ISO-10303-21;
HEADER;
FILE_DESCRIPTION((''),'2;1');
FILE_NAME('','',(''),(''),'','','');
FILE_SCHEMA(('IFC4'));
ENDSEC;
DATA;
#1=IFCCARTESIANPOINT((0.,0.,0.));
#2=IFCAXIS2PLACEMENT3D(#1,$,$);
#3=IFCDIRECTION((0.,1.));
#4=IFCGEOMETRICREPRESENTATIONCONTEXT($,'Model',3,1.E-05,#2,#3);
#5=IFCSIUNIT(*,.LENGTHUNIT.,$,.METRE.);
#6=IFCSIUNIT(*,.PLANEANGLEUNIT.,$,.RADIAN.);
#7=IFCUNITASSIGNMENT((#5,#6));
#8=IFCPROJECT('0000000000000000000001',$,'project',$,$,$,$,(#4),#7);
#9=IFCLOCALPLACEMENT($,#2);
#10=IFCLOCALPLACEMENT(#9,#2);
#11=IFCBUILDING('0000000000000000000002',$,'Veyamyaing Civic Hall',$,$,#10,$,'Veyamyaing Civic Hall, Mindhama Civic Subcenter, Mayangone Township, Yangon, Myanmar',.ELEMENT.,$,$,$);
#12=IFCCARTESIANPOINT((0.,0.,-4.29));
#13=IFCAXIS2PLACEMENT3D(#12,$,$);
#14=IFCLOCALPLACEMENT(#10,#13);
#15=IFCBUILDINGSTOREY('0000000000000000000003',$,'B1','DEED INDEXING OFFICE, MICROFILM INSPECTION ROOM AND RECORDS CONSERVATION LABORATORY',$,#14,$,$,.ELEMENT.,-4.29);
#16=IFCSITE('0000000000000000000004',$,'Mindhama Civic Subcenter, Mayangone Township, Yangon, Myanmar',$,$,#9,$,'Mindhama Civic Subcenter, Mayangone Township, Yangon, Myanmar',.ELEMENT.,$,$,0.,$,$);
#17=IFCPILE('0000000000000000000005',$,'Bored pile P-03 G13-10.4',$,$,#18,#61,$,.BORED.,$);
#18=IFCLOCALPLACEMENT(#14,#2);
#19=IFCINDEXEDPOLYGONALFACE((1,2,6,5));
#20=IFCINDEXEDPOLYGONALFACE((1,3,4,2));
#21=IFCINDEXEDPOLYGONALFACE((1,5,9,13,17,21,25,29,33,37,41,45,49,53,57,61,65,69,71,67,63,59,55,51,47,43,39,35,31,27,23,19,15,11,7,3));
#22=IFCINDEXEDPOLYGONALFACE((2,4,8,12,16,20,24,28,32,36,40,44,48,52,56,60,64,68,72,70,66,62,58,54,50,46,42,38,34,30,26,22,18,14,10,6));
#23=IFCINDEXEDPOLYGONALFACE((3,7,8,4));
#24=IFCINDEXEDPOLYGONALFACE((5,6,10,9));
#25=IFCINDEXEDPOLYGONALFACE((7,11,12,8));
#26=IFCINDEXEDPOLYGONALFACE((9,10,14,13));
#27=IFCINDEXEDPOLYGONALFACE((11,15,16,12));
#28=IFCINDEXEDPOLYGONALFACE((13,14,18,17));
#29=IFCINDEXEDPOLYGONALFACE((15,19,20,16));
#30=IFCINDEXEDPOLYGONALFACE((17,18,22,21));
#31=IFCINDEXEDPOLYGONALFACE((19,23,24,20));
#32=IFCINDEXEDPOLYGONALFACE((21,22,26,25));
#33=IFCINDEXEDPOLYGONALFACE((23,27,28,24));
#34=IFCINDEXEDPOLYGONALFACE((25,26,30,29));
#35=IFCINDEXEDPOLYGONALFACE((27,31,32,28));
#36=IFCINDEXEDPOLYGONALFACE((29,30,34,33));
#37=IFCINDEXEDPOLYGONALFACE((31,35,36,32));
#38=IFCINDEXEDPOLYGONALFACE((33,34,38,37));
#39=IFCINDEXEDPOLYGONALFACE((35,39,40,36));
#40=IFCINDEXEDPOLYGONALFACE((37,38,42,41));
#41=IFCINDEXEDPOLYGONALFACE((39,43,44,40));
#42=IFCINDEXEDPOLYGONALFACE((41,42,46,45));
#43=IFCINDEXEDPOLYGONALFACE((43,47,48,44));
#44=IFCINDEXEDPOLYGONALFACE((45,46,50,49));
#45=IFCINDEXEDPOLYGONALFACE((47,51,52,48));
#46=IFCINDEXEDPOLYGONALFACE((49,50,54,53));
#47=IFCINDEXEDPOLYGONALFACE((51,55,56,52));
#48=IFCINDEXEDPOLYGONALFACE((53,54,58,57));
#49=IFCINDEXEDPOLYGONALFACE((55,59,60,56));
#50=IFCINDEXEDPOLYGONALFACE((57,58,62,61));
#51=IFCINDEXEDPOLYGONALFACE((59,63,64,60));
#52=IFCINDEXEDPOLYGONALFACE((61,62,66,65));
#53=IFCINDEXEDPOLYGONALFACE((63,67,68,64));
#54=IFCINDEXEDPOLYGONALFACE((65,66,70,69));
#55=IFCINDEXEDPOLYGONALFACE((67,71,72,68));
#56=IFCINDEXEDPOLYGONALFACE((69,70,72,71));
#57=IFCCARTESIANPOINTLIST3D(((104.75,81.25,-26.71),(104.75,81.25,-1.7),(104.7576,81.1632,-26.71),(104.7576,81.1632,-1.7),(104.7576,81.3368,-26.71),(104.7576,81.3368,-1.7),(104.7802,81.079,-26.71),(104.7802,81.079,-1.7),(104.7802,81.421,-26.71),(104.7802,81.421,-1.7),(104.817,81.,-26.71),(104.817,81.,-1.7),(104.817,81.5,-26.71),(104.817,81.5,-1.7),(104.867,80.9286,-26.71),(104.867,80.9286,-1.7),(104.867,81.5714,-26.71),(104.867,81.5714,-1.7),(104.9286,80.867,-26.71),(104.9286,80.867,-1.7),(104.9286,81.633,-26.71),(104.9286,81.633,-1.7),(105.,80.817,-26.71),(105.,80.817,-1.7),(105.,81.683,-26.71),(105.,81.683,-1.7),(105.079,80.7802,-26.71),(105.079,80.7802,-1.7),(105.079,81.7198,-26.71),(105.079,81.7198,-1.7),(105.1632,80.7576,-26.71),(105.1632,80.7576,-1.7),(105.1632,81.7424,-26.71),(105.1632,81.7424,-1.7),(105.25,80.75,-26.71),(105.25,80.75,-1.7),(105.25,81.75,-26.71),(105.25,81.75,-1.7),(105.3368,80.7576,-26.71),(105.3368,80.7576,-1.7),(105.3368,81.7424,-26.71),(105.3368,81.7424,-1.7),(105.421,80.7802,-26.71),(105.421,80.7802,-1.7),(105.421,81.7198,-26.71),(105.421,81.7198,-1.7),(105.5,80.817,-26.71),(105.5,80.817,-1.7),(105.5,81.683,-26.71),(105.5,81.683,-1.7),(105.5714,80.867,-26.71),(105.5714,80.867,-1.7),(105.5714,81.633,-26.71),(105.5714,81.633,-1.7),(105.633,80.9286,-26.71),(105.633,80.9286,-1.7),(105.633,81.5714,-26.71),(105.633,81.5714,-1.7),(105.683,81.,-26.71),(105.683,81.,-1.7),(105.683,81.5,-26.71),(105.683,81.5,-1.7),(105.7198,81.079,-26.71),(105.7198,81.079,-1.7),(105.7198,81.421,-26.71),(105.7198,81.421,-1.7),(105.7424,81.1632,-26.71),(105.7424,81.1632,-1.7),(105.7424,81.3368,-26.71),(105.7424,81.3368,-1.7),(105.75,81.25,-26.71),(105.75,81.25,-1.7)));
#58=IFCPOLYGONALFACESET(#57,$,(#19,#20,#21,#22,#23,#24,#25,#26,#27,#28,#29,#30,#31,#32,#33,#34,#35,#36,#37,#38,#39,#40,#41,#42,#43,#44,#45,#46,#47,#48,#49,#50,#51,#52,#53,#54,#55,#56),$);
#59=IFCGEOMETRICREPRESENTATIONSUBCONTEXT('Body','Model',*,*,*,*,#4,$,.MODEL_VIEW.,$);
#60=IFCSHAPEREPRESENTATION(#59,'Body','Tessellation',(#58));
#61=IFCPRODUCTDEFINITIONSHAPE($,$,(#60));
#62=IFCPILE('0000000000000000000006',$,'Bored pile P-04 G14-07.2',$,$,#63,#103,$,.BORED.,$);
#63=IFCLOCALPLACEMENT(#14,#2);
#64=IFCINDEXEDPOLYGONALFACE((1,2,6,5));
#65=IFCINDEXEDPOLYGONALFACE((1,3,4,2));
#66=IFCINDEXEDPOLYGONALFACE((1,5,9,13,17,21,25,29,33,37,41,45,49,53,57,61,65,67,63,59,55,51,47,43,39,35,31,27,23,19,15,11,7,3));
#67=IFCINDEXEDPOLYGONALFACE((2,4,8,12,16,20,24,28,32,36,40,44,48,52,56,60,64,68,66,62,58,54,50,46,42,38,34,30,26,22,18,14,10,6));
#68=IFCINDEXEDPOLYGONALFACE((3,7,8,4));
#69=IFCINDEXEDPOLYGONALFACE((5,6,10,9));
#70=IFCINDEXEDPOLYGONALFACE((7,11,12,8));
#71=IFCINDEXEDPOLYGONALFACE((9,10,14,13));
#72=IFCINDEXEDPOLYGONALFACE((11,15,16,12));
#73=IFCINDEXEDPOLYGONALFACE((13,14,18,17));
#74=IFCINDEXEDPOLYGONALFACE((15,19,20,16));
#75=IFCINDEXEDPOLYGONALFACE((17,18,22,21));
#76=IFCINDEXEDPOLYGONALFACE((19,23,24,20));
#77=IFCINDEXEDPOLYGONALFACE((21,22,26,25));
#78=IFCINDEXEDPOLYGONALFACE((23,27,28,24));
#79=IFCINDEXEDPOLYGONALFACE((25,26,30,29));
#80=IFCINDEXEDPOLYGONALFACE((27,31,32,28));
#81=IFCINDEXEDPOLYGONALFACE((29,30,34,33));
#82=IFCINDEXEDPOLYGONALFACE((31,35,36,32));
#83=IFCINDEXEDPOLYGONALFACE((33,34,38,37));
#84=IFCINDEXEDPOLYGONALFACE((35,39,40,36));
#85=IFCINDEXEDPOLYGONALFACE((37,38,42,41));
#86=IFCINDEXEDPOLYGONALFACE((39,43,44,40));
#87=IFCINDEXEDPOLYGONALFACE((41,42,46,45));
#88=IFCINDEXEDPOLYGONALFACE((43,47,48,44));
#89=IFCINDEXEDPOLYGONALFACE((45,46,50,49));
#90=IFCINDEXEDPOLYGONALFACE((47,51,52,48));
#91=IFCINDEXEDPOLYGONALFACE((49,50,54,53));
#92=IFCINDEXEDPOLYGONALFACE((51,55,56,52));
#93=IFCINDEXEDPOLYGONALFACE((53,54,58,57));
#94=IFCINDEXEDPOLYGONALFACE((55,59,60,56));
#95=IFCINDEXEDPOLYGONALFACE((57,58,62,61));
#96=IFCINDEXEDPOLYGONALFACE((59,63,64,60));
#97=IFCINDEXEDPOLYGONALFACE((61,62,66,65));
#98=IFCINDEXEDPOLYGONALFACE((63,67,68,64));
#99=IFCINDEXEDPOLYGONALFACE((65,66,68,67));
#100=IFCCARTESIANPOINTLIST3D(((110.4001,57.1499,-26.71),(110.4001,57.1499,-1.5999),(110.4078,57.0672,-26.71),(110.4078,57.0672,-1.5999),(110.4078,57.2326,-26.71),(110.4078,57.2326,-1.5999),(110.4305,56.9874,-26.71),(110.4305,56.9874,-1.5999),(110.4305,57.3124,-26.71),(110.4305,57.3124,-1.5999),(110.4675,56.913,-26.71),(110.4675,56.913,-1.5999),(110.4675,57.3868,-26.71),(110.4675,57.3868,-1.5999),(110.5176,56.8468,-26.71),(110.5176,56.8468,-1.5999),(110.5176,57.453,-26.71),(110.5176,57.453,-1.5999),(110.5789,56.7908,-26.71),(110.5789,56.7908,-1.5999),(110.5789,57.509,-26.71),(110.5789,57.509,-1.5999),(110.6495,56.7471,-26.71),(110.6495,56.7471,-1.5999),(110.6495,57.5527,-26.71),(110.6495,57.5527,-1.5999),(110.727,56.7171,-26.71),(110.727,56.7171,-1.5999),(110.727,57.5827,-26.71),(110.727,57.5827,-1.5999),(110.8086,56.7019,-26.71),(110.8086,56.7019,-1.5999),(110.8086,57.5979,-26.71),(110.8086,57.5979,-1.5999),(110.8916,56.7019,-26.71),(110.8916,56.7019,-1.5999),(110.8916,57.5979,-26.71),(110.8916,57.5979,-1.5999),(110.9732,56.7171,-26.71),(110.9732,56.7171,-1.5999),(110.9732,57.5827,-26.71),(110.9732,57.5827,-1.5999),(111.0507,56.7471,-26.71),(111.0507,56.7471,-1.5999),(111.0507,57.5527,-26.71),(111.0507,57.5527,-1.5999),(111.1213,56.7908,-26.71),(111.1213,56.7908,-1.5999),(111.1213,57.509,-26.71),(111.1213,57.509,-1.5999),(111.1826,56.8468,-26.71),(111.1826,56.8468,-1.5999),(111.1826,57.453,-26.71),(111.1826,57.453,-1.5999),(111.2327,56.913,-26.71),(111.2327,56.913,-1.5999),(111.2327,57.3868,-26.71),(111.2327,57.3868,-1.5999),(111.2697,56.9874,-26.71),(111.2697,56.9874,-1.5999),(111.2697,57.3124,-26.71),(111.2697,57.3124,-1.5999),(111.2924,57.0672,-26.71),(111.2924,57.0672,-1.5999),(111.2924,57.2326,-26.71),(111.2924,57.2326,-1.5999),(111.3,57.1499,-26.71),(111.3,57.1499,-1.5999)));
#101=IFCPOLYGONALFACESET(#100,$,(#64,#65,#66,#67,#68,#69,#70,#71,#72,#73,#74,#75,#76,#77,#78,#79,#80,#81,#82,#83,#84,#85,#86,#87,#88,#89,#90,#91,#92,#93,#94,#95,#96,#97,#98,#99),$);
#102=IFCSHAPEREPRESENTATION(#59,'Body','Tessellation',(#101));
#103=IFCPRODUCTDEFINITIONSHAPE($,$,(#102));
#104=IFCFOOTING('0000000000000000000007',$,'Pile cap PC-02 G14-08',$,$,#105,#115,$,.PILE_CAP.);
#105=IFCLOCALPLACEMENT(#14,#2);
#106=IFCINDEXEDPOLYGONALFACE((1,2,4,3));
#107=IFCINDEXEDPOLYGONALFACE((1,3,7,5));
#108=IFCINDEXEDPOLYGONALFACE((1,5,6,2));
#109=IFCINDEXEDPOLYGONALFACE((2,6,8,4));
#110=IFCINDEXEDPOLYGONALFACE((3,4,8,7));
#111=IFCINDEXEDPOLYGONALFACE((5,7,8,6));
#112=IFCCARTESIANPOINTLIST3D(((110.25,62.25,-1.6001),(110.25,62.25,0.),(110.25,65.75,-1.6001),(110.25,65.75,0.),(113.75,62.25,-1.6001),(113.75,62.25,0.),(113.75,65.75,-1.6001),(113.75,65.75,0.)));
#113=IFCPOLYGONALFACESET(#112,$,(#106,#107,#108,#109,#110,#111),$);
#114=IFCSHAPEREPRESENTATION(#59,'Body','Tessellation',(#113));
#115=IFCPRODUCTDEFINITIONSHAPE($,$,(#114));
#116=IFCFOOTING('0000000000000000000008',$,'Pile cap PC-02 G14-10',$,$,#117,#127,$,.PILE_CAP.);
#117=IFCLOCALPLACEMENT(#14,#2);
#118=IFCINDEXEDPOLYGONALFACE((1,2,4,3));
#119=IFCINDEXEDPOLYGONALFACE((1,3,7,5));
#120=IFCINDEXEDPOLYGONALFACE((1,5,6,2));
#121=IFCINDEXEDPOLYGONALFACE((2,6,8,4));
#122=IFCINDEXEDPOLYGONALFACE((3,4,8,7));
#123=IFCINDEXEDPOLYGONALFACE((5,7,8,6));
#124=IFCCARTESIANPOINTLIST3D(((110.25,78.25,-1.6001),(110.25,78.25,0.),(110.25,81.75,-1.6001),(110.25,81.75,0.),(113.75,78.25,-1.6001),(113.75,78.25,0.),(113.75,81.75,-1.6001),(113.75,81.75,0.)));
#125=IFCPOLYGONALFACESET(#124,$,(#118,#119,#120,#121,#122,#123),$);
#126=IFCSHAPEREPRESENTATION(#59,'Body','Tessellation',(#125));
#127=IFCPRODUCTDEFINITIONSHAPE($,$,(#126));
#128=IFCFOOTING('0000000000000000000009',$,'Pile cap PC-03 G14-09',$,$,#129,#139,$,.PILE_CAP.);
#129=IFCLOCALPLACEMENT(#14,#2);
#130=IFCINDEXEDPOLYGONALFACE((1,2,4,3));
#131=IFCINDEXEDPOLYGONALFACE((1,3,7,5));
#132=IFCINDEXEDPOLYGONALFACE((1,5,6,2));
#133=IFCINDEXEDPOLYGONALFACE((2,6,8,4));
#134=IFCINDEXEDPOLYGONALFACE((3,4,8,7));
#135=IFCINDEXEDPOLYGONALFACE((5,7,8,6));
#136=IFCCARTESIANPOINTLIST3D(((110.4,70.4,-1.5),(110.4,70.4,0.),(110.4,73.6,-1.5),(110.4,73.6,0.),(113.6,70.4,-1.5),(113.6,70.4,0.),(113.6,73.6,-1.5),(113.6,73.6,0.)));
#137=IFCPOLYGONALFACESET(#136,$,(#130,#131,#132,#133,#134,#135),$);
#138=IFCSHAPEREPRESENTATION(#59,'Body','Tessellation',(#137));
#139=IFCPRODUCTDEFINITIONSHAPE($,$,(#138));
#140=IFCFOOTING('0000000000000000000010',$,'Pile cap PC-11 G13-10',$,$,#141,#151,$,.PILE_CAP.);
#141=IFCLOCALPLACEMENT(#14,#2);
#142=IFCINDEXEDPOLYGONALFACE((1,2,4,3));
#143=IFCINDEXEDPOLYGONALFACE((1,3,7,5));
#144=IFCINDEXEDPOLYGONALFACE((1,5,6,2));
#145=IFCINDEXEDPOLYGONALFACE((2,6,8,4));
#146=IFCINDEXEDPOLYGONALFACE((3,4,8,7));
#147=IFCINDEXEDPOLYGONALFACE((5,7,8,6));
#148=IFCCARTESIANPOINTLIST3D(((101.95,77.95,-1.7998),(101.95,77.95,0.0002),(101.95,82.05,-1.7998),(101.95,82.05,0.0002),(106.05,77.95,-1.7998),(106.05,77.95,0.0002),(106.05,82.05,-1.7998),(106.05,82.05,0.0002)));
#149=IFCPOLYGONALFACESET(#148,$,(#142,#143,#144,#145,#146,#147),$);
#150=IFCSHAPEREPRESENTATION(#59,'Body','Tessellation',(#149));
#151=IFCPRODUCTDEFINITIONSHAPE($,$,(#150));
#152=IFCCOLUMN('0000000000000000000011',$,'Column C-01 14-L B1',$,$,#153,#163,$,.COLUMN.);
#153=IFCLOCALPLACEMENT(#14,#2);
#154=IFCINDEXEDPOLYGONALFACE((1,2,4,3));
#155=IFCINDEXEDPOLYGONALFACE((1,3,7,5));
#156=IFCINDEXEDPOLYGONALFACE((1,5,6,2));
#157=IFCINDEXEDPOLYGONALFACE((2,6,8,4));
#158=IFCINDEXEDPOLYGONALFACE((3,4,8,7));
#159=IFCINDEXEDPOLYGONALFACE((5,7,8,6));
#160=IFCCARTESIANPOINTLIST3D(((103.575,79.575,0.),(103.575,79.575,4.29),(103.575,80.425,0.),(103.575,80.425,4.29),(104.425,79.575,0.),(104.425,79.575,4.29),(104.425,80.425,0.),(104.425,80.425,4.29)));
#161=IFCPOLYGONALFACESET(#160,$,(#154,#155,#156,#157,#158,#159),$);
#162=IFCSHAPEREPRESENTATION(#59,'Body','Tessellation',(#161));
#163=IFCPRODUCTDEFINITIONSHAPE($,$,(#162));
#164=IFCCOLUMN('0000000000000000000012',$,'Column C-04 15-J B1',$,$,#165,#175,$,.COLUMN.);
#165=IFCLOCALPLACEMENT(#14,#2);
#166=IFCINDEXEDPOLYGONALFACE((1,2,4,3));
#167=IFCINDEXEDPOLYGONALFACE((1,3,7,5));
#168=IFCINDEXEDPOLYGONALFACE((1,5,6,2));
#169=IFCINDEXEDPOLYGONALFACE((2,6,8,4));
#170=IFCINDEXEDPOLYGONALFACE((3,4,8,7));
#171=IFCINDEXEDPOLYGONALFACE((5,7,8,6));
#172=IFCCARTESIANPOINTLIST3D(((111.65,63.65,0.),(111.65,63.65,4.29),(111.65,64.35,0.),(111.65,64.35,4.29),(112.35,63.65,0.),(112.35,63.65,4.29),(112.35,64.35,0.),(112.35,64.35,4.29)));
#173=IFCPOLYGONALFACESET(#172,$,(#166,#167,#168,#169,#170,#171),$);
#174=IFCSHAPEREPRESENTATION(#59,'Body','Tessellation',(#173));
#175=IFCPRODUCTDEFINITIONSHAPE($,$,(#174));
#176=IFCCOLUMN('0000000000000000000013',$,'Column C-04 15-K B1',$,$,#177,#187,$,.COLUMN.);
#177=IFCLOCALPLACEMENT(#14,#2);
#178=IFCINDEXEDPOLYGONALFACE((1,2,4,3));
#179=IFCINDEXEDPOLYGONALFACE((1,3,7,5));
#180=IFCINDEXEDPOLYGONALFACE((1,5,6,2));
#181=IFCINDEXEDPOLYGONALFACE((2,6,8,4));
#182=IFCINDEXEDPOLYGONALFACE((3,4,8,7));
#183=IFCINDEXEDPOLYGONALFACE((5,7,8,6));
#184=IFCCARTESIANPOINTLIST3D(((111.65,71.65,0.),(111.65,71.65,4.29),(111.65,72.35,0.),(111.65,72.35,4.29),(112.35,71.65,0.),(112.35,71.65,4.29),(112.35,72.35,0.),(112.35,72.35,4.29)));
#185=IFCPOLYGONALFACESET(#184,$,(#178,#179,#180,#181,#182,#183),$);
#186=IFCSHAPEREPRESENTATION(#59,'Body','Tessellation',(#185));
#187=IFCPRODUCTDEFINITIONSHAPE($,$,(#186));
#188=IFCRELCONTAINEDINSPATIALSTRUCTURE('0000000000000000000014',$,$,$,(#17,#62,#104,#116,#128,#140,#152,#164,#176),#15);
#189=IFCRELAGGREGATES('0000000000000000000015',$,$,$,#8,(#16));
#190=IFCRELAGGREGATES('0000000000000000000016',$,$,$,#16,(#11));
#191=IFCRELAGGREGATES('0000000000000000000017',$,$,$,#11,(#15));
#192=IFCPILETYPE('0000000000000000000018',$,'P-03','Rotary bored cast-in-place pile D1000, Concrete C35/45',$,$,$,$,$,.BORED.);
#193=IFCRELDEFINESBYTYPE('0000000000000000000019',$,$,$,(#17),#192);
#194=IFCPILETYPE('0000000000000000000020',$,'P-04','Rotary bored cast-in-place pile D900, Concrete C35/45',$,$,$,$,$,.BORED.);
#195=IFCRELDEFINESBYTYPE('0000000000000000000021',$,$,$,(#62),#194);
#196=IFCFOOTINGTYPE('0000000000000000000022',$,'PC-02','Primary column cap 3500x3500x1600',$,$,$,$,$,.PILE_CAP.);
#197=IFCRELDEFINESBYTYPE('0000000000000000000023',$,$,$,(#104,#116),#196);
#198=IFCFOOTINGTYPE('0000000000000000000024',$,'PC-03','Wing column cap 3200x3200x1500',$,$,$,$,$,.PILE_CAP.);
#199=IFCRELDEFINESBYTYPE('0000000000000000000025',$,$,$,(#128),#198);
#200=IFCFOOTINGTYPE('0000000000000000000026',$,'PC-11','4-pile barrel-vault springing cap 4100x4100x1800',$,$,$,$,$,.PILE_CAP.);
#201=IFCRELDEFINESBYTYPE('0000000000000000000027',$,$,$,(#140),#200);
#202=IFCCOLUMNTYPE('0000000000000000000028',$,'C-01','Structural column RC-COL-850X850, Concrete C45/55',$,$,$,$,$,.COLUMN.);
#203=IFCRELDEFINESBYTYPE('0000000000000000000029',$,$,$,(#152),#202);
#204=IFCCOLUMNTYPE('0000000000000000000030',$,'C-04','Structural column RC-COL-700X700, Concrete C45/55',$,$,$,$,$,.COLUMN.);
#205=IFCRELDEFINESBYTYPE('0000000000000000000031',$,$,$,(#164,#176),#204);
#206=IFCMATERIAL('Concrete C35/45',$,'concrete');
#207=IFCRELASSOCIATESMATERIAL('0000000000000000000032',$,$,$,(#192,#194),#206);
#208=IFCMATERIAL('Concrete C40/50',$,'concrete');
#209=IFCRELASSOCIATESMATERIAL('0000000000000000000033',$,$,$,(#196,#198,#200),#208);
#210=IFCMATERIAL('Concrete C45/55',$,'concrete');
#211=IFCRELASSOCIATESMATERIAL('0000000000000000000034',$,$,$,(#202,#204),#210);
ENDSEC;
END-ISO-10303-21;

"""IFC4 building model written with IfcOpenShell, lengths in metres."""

from ifc_helpers import new_model, si_unit, direction, frame, origin, origin_2d, place, context, subcontext, project, spatial, rectangle, circle, extrude, material, material_profile, profile_set, type_object, element, save


model = new_model("IFC4")

# Units and contexts
model_context = context("Model", 3, precision=1e-05, world=origin(), true_north=direction((0.0, 1.0)))
body_context = subcontext(model_context, "Body", "Model", "MODEL_VIEW")
ifc_project = project(units=[si_unit("LENGTHUNIT", "METRE"), si_unit("PLANEANGLEUNIT", "RADIAN")], contexts=[model_context])

# Site, building, storey
site_placement = place(None, origin())
site = spatial("IfcSite", under=ifc_project, at=site_placement, Name="Mindhama Civic Subcenter, Mayangone Township, Yangon, Myanmar", LongName="Mindhama Civic Subcenter, Mayangone Township, Yangon, Myanmar", CompositionType="ELEMENT", RefElevation=0.0)
building_placement = place(site_placement, origin())
building = spatial("IfcBuilding", under=site, at=building_placement, Name="Veyamyaing Civic Hall", LongName="Veyamyaing Civic Hall, Mindhama Civic Subcenter, Mayangone Township, Yangon, Myanmar", CompositionType="ELEMENT")
storey_placement = place(building_placement, frame((0.0, 0.0, -4.29)))
storey = spatial("IfcBuildingStorey", under=building, at=storey_placement, Name="B1", Description="DEED INDEXING OFFICE, MICROFILM INSPECTION ROOM AND RECORDS CONSERVATION LABORATORY", CompositionType="ELEMENT", Elevation=-4.29)

# Shared definitions
ifc_material_1 = material(Name="Concrete C40/50", Category="concrete")

# Piles
ifc_material_2 = material(Name="Concrete C35/45", Category="concrete")
ifc_material_profile_1 = material_profile(ifc_material_2, circle(Radius=0.5, at=origin_2d()), Name="PILE-D1000")
ifc_profile_set_1 = profile_set([ifc_material_profile_1], Name="Concrete C35/45")
pile_type_1 = type_object("IfcPileType", Name="P-03", Description="Rotary bored cast-in-place pile D1000, Concrete C35/45", PredefinedType="BORED", material=ifc_profile_set_1)
for number, where, z_axis, x_axis, name in (
    (1, (105.25, 81.25, -1.7), (0.0, 0.0, -1.0), (1.0, 0.0, 0.0), "Bored pile P-03 G13-10.4"),
):
    element("IfcPile", number, at=place(storey_placement, frame(where, z_axis=z_axis, x_axis=x_axis)), inside=storey, type_object=pile_type_1, Name=name, PredefinedType="BORED", context=body_context, shape_type="SweptSolid", body=[
        extrude(circle(Radius=0.5, at=origin_2d()), origin(), (0.0, 0.0, 1.0), 25.01),
    ])
ifc_material_profile_2 = material_profile(ifc_material_2, circle(Radius=0.45, at=origin_2d()), Name="PILE-D900")
ifc_profile_set_2 = profile_set([ifc_material_profile_2], Name="Concrete C35/45")
pile_type_2 = type_object("IfcPileType", Name="P-04", Description="Rotary bored cast-in-place pile D900, Concrete C35/45", PredefinedType="BORED", material=ifc_profile_set_2)
pile_1_placement = place(storey_placement, frame((110.8501, 57.1499, -1.5999), z_axis=(0.0, 0.0, -1.0), x_axis=(1.0, 0.0, 0.0)))
element("IfcPile", 2, at=pile_1_placement, inside=storey, type_object=pile_type_2, Name="Bored pile P-04 G14-07.2", PredefinedType="BORED", context=body_context, shape_type="SweptSolid", body=[
    extrude(circle(Radius=0.45, at=origin_2d()), origin(), (0.0, 0.0, 1.0), 25.1101),
])

# Footings
footing_type_1 = type_object("IfcFootingType", Name="PC-02", Description="Primary column cap 3500x3500x1600", PredefinedType="PILE_CAP", material=ifc_material_1)
for number, where, z_axis, x_axis, name in (
    (3, (112.0, 64.0, -1.6001), (0.0, 0.0, 1.0), (1.0, 0.0, 0.0), "Pile cap PC-02 G14-08"),
    (4, (112.0, 80.0, -1.6001), (0.0, 0.0, 1.0), (1.0, 0.0, 0.0), "Pile cap PC-02 G14-10"),
):
    element("IfcFooting", number, at=place(storey_placement, frame(where, z_axis=z_axis, x_axis=x_axis)), inside=storey, type_object=footing_type_1, Name=name, PredefinedType="PILE_CAP", context=body_context, shape_type="SweptSolid", body=[
        extrude(rectangle(XDim=3.5, YDim=3.5, at=origin_2d()), origin(), (0.0, 0.0, 1.0), 1.6001),
    ])
footing_type_2 = type_object("IfcFootingType", Name="PC-03", Description="Wing column cap 3200x3200x1500", PredefinedType="PILE_CAP", material=ifc_material_1)
footing_1_placement = place(storey_placement, frame((112.0, 72.0, -1.5), z_axis=(0.0, 0.0, 1.0), x_axis=(1.0, 0.0, 0.0)))
element("IfcFooting", 5, at=footing_1_placement, inside=storey, type_object=footing_type_2, Name="Pile cap PC-03 G14-09", PredefinedType="PILE_CAP", context=body_context, shape_type="SweptSolid", body=[
    extrude(rectangle(XDim=3.2, YDim=3.2, at=origin_2d()), origin(), (0.0, 0.0, 1.0), 1.5),
])
footing_type_3 = type_object("IfcFootingType", Name="PC-11", Description="4-pile barrel-vault springing cap 4100x4100x1800", PredefinedType="PILE_CAP", material=ifc_material_1)
footing_2_placement = place(storey_placement, frame((104.0, 80.0, -1.7998), z_axis=(0.0, 0.0, 1.0), x_axis=(1.0, 0.0, 0.0)))
element("IfcFooting", 6, at=footing_2_placement, inside=storey, type_object=footing_type_3, Name="Pile cap PC-11 G13-10", PredefinedType="PILE_CAP", context=body_context, shape_type="SweptSolid", body=[
    extrude(rectangle(XDim=4.1001, YDim=4.1001, at=origin_2d()), origin(), (0.0, 0.0, 1.0), 1.8),
])

# Columns
ifc_material_3 = material(Name="Concrete C45/55", Category="concrete")
ifc_material_profile_3 = material_profile(ifc_material_3, rectangle(XDim=0.8501, YDim=0.8501, at=origin_2d()), Name="RC-COL-850X850")
ifc_profile_set_3 = profile_set([ifc_material_profile_3], Name="Concrete C45/55")
column_type_1 = type_object("IfcColumnType", Name="C-01", Description="Structural column RC-COL-850X850, Concrete C45/55", PredefinedType="COLUMN", material=ifc_profile_set_3)
column_placement = place(storey_placement, frame((104.0, 80.0, 0.0), z_axis=(0.0, 0.0, 1.0), x_axis=(1.0, 0.0, 0.0)))
element("IfcColumn", 7, at=column_placement, inside=storey, type_object=column_type_1, Name="Column C-01 14-L B1", PredefinedType="COLUMN", context=body_context, shape_type="SweptSolid", body=[
    extrude(rectangle(XDim=0.8501, YDim=0.8501, at=origin_2d()), origin(), (0.0, 0.0, 1.0), 4.29),
])
ifc_material_profile_4 = material_profile(ifc_material_3, rectangle(XDim=0.7, YDim=0.7, at=origin_2d()), Name="RC-COL-700X700")
ifc_profile_set_4 = profile_set([ifc_material_profile_4], Name="Concrete C45/55")
column_type_2 = type_object("IfcColumnType", Name="C-04", Description="Structural column RC-COL-700X700, Concrete C45/55", PredefinedType="COLUMN", material=ifc_profile_set_4)
for number, where, z_axis, x_axis, name in (
    (8, (112.0, 64.0, 0.0), (0.0, 0.0, 1.0), (1.0, 0.0, 0.0), "Column C-04 15-J B1"),
    (9, (112.0, 72.0, 0.0), (0.0, 0.0, 1.0), (1.0, 0.0, 0.0), "Column C-04 15-K B1"),
):
    element("IfcColumn", number, at=place(storey_placement, frame(where, z_axis=z_axis, x_axis=x_axis)), inside=storey, type_object=column_type_2, Name=name, PredefinedType="COLUMN", context=body_context, shape_type="SweptSolid", body=[
        extrude(rectangle(XDim=0.7, YDim=0.7, at=origin_2d()), origin(), (0.0, 0.0, 1.0), 4.29),
    ])

save(model, "model.ifc")
